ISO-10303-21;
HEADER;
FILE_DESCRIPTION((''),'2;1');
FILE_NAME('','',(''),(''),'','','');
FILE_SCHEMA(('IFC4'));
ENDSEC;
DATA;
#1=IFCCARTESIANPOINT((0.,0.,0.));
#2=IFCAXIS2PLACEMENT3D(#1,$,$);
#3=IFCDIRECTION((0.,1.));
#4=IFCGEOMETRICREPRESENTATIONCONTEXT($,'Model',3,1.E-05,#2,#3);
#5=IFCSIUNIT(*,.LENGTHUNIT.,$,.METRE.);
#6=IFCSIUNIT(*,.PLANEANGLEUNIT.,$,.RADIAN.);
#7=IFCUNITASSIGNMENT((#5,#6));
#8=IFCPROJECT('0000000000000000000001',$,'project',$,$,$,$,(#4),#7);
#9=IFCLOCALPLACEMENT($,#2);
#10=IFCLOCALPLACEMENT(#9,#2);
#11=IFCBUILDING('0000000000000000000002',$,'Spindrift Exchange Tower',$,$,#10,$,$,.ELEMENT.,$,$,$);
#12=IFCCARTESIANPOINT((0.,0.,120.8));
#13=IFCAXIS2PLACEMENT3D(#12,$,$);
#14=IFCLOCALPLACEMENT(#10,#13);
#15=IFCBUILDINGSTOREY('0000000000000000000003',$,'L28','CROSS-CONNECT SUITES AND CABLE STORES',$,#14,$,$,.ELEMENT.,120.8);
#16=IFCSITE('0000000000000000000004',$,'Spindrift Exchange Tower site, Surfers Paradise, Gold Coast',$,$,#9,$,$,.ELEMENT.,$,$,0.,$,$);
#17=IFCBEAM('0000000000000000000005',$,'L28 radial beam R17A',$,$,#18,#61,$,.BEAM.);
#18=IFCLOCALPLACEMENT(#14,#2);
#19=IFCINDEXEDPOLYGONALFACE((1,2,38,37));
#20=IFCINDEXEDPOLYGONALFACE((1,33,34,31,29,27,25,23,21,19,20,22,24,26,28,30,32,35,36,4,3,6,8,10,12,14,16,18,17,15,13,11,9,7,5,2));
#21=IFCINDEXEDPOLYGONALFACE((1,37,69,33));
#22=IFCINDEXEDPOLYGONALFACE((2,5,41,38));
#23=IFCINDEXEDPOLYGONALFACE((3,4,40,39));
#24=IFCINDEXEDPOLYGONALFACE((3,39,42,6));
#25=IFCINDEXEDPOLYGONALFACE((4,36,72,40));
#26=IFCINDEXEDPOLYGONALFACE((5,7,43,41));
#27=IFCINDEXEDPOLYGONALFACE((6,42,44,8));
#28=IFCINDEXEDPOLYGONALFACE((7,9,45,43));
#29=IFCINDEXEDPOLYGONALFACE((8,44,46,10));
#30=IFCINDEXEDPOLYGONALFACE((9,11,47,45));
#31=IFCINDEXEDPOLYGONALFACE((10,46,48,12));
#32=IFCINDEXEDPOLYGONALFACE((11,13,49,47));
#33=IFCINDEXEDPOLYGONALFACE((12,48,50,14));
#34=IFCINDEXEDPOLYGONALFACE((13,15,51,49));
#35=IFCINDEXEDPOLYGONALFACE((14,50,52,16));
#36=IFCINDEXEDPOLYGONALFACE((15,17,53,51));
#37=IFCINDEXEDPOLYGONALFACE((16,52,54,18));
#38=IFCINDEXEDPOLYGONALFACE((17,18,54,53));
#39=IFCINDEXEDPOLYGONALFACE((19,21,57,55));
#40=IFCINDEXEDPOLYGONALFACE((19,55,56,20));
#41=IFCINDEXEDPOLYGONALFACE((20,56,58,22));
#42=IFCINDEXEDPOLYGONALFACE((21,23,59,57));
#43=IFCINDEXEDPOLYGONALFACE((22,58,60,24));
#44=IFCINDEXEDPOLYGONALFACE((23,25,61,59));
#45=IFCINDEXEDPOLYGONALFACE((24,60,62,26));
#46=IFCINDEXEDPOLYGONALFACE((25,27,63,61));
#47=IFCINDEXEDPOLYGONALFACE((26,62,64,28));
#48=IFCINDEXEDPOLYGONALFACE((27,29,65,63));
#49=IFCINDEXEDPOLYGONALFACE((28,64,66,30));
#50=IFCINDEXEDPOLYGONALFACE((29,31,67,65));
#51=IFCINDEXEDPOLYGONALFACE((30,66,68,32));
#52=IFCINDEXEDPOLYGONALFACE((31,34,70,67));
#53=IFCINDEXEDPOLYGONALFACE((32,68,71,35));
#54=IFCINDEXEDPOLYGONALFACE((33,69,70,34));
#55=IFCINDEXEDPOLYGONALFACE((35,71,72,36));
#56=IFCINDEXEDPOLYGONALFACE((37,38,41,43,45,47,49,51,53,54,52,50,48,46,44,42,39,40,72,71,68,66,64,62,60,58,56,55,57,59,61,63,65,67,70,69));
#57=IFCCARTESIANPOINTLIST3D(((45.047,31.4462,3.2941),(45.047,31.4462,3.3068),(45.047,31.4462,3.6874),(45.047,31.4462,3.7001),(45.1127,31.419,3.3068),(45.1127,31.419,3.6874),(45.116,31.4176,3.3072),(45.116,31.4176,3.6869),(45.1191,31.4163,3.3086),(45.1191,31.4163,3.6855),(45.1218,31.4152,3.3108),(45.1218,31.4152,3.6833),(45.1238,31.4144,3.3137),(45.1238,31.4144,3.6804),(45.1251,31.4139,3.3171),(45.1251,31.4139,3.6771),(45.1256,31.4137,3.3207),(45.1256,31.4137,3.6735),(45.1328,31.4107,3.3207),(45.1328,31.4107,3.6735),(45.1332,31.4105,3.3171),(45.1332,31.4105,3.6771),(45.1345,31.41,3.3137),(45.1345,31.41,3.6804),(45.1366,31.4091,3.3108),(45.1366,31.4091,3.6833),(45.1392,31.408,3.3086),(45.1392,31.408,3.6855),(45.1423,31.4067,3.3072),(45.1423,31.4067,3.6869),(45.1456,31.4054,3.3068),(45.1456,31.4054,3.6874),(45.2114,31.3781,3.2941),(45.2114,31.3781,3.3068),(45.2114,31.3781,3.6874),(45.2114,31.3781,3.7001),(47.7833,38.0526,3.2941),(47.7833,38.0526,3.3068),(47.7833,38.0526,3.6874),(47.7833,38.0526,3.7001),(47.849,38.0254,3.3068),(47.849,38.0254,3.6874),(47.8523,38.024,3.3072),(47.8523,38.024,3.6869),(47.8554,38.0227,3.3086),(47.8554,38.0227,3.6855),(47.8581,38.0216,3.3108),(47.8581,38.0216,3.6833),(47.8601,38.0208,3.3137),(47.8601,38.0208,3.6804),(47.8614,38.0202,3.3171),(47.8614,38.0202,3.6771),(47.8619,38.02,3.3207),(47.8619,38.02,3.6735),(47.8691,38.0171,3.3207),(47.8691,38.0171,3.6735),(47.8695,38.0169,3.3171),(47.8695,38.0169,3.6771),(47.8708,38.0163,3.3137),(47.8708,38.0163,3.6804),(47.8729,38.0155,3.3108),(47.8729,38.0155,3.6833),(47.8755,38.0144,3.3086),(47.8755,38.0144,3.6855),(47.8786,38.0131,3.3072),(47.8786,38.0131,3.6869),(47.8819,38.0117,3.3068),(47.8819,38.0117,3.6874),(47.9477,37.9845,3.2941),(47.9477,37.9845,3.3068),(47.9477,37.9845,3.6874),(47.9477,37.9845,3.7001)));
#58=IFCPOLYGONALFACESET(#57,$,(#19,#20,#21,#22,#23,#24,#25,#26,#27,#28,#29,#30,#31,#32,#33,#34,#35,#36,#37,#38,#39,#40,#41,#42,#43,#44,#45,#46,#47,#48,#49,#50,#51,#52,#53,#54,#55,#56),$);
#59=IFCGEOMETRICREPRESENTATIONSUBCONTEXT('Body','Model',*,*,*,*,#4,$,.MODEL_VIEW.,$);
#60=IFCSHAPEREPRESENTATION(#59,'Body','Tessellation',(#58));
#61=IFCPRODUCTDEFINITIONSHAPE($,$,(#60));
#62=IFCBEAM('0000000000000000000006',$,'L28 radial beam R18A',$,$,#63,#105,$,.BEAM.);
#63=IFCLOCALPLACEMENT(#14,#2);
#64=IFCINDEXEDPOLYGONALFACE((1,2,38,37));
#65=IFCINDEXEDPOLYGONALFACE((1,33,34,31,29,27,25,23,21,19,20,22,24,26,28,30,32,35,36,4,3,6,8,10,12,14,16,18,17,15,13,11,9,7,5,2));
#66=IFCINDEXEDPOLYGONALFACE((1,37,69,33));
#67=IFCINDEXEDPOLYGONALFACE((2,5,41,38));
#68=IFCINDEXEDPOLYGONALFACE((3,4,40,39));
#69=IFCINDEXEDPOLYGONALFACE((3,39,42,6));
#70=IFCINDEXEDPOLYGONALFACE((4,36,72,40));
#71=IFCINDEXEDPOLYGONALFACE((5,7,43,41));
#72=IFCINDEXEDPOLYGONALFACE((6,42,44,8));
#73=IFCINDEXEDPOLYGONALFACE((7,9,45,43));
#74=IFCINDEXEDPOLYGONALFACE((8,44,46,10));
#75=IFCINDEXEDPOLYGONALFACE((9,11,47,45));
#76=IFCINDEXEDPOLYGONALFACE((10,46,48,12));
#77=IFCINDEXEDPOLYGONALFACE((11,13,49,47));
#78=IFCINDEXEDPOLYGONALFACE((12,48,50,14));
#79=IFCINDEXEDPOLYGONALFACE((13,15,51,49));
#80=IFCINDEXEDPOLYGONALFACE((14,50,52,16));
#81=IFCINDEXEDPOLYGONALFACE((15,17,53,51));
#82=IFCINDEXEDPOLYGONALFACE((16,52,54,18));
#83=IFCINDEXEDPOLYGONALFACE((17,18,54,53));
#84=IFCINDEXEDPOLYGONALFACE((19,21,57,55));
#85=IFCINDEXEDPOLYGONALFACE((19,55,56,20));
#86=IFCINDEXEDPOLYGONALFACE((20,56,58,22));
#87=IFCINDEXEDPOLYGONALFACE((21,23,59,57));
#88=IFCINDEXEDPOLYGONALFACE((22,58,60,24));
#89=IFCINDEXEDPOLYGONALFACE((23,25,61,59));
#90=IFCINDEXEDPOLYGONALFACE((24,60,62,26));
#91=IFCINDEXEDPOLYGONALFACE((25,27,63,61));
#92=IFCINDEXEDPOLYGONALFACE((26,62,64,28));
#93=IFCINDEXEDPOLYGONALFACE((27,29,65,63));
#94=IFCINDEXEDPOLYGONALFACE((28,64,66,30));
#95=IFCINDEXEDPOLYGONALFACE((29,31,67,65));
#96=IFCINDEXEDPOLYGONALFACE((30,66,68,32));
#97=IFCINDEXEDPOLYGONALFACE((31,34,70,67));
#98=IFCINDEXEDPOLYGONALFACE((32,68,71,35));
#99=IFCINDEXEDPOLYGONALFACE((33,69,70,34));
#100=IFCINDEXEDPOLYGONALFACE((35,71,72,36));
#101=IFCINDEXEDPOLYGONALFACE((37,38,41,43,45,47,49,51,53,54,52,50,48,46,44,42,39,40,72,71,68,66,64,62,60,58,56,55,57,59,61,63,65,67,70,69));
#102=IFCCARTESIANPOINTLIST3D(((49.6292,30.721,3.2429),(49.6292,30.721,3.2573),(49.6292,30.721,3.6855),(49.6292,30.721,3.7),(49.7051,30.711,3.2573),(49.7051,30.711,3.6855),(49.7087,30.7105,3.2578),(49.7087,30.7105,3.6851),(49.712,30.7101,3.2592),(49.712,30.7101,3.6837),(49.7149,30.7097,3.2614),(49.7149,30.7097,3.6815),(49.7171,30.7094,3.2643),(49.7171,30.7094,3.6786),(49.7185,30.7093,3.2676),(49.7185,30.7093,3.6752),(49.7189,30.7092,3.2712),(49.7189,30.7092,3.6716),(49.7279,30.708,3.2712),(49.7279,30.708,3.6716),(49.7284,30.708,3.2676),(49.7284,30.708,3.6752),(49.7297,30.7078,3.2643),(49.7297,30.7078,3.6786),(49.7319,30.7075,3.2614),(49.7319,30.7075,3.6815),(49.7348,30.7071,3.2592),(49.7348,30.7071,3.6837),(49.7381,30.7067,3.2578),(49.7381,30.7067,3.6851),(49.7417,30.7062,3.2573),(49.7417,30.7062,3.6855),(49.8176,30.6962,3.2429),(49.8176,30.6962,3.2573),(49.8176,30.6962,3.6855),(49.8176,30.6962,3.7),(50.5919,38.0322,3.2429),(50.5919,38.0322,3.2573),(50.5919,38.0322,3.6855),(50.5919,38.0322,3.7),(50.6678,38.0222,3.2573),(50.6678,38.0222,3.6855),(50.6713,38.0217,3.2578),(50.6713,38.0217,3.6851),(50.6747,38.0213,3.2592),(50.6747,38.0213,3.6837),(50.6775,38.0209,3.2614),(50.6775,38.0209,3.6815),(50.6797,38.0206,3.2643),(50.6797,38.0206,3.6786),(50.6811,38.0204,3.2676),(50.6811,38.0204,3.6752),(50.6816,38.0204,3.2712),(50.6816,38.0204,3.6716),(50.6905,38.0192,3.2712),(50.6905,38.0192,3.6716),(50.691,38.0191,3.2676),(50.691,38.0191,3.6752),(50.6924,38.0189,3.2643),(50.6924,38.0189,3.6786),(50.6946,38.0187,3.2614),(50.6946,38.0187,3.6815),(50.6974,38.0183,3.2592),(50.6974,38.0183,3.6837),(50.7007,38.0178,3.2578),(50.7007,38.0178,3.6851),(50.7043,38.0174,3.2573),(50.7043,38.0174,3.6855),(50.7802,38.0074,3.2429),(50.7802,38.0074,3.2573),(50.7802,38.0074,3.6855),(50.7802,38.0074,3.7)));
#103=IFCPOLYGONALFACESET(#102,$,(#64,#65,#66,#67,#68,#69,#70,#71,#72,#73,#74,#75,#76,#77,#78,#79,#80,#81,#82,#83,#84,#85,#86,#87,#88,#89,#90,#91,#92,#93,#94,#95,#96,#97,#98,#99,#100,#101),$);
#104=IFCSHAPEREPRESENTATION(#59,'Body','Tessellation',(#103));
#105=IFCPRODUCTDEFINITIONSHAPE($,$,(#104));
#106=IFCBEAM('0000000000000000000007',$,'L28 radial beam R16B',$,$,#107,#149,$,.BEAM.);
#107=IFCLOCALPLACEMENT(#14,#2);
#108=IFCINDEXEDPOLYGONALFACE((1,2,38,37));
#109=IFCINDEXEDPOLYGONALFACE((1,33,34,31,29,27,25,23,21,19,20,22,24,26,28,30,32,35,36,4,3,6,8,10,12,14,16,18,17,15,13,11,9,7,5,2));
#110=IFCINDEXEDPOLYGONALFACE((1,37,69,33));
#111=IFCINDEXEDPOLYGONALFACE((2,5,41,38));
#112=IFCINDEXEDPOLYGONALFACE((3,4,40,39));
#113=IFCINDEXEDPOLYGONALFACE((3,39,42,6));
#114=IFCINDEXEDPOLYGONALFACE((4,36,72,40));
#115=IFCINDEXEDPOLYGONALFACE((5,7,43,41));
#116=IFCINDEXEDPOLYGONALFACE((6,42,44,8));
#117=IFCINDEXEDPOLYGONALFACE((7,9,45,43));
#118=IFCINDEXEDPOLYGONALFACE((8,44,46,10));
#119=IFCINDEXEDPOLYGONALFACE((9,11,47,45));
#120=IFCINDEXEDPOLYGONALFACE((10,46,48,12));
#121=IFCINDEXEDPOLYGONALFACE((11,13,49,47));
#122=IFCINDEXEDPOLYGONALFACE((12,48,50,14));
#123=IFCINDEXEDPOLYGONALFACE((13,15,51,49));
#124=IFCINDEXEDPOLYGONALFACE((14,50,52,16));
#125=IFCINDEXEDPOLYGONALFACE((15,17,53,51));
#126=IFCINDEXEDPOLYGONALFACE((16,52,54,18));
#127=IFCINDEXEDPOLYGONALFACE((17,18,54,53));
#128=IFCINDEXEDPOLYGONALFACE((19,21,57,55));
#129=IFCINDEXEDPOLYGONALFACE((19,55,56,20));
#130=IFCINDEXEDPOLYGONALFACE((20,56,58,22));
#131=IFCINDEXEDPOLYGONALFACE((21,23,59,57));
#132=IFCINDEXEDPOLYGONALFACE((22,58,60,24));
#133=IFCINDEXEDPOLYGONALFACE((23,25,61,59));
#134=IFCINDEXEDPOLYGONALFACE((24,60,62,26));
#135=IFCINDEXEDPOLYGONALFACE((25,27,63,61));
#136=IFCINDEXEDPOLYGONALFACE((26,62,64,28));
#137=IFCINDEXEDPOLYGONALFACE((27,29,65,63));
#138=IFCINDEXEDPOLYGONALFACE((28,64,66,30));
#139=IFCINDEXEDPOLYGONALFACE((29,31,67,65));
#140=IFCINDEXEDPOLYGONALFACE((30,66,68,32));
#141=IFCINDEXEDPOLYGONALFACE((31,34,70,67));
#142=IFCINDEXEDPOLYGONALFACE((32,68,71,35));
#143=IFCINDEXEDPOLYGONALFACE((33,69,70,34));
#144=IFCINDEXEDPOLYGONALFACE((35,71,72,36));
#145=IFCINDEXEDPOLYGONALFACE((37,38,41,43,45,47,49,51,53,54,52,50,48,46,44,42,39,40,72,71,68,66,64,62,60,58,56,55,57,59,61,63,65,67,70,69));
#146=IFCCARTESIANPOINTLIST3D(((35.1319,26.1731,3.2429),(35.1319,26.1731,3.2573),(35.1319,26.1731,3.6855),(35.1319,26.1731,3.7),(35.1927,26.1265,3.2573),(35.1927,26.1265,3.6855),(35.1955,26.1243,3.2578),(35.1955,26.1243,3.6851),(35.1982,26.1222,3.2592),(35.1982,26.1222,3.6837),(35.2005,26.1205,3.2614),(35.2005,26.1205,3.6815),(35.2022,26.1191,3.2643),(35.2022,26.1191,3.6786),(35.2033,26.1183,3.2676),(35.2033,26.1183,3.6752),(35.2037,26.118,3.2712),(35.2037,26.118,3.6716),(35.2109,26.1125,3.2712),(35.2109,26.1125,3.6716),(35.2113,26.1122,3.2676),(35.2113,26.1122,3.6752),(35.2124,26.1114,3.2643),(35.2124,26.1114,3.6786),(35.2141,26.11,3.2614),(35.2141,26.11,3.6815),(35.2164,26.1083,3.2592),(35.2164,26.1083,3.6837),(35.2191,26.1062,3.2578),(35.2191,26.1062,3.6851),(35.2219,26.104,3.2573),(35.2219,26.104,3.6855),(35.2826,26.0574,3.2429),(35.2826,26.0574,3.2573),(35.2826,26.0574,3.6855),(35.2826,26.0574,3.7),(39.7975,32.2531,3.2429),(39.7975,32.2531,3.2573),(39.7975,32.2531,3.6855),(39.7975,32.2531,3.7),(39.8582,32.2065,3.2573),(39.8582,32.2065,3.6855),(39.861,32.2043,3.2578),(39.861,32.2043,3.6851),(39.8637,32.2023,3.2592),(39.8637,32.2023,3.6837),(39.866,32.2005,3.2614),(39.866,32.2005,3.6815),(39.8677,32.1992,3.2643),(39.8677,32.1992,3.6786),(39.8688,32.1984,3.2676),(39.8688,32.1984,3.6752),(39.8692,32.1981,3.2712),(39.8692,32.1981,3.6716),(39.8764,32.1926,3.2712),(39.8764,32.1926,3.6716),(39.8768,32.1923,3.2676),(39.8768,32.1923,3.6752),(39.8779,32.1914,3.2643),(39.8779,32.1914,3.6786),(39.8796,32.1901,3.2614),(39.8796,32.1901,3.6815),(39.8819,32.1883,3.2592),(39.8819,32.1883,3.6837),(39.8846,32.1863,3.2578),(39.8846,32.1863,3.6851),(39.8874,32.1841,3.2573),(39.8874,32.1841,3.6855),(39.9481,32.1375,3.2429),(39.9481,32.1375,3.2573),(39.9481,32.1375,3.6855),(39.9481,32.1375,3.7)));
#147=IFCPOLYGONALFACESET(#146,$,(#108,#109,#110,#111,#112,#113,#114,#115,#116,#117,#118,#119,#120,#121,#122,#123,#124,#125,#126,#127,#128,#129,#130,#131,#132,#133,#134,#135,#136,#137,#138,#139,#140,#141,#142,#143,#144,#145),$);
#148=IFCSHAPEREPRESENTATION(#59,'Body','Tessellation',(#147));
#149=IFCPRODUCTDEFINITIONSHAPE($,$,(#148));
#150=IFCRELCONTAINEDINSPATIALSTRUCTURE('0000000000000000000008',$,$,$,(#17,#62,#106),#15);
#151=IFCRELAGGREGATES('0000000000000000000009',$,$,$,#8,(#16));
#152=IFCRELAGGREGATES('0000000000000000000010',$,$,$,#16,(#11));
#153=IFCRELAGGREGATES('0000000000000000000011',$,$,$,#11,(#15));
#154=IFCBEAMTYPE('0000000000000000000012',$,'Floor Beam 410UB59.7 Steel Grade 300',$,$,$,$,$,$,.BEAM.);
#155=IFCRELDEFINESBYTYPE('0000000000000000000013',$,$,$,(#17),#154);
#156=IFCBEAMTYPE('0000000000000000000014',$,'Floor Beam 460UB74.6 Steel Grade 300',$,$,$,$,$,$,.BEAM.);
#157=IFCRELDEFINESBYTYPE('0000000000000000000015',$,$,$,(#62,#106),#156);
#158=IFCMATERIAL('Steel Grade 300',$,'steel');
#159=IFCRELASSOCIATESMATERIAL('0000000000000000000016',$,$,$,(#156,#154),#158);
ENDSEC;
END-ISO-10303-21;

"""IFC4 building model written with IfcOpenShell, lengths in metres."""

from ifc_helpers import new_model, si_unit, direction, frame, origin, origin_2d, place, context, subcontext, project, spatial, i_section, extrude, source, transform, mapped, material, material_profile, profile_set, type_object, element, save


model = new_model("IFC4")

# Units and contexts
model_context = context("Model", 3, precision=1e-05, world=origin(), true_north=direction((0.0, 1.0)))
body_context = subcontext(model_context, "Body", "Model", "MODEL_VIEW")
ifc_project = project(units=[si_unit("LENGTHUNIT", "METRE"), si_unit("PLANEANGLEUNIT", "RADIAN")], contexts=[model_context])

# Site, building, storey
site_placement = place(None, origin())
site = spatial("IfcSite", under=ifc_project, at=site_placement, Name="Spindrift Exchange Tower site, Surfers Paradise, Gold Coast", CompositionType="ELEMENT", RefElevation=0.0)
building_placement = place(site_placement, origin())
building = spatial("IfcBuilding", under=site, at=building_placement, Name="Spindrift Exchange Tower", CompositionType="ELEMENT")
storey_placement = place(building_placement, frame((0.0, 0.0, 120.8)))
storey = spatial("IfcBuildingStorey", under=building, at=storey_placement, Name="L28", Description="CROSS-CONNECT SUITES AND CABLE STORES", CompositionType="ELEMENT", Elevation=120.8)

# Beams
ifc_material_1 = material(Name="Steel Grade 300", Category="steel")
ifc_material_profile_1 = material_profile(ifc_material_1, i_section(OverallWidth=0.1899, OverallDepth=0.457, WebThickness=0.009, FlangeThickness=0.0144, FilletRadius=0.0139, at=origin_2d()), Name="460UB74.6")
ifc_profile_set_1 = profile_set([ifc_material_profile_1], Name="Steel Grade 300")
beam_type_1 = type_object("IfcBeamType", Name="Floor Beam 460UB74.6 Steel Grade 300", PredefinedType="BEAM", material=ifc_profile_set_1)
ifc_material_profile_2 = material_profile(ifc_material_1, i_section(OverallWidth=0.178, OverallDepth=0.406, WebThickness=0.0078, FlangeThickness=0.0127, FilletRadius=0.0139, at=origin_2d()), Name="410UB59.7")
ifc_profile_set_2 = profile_set([ifc_material_profile_2], Name="Steel Grade 300")
beam_type_2 = type_object("IfcBeamType", Name="Floor Beam 410UB59.7 Steel Grade 300", PredefinedType="BEAM", material=ifc_profile_set_2)
shared_shape_1 = source(origin(), body_context, "Body", "SweptSolid", [
    extrude(i_section(OverallWidth=0.178, OverallDepth=0.406, WebThickness=0.0078, FlangeThickness=0.0127, FilletRadius=0.0139, at=origin_2d()), origin(), (0.0, 0.0, 1.0), 7.1506),
])
beam_1_placement = place(storey_placement, frame((47.8655, 38.0186, 3.4971), z_axis=(-0.382665, -0.923887, 0.0), x_axis=(0.923887, -0.382665, 0.0)))
element("IfcBeam", 1, at=beam_1_placement, inside=storey, type_object=beam_type_2, Name="L28 radial beam R17A", PredefinedType="BEAM", context=body_context, shape_type="MappedRepresentation", body=[
    mapped(shared_shape_1, transform((0.0, 0.0, 0.0), scale=1.0)),
])
shared_shape_2 = source(origin(), body_context, "Body", "SweptSolid", [
    extrude(i_section(OverallWidth=0.1899, OverallDepth=0.457, WebThickness=0.009, FlangeThickness=0.0144, FilletRadius=0.0139, at=origin_2d()), origin(), (0.0, 0.0, 1.0), 7.3743),
])
beam_2_placement = place(storey_placement, frame((50.686, 38.0198, 3.4714), z_axis=(-0.130539, -0.991443, 0.0), x_axis=(0.991443, -0.130539, 0.0)))
element("IfcBeam", 2, at=beam_2_placement, inside=storey, type_object=beam_type_1, Name="L28 radial beam R18A", PredefinedType="BEAM", context=body_context, shape_type="MappedRepresentation", body=[
    mapped(shared_shape_2, transform((0.0, 0.0, 0.0), scale=1.0)),
])
shared_shape_3 = source(origin(), body_context, "Body", "SweptSolid", [
    extrude(i_section(OverallWidth=0.1899, OverallDepth=0.457, WebThickness=0.009, FlangeThickness=0.0144, FilletRadius=0.0139, at=origin_2d()), origin(), (0.0, 0.0, 1.0), 7.6638),
])
beam_3_placement = place(storey_placement, frame((39.8728, 32.1953, 3.4714), z_axis=(-0.608771, -0.793346, 0.0), x_axis=(0.793346, -0.608771, 0.0)))
element("IfcBeam", 3, at=beam_3_placement, inside=storey, type_object=beam_type_1, Name="L28 radial beam R16B", PredefinedType="BEAM", context=body_context, shape_type="MappedRepresentation", body=[
    mapped(shared_shape_3, transform((0.0, 0.0, 0.0), scale=1.0)),
])

save(model, "model.ifc")
